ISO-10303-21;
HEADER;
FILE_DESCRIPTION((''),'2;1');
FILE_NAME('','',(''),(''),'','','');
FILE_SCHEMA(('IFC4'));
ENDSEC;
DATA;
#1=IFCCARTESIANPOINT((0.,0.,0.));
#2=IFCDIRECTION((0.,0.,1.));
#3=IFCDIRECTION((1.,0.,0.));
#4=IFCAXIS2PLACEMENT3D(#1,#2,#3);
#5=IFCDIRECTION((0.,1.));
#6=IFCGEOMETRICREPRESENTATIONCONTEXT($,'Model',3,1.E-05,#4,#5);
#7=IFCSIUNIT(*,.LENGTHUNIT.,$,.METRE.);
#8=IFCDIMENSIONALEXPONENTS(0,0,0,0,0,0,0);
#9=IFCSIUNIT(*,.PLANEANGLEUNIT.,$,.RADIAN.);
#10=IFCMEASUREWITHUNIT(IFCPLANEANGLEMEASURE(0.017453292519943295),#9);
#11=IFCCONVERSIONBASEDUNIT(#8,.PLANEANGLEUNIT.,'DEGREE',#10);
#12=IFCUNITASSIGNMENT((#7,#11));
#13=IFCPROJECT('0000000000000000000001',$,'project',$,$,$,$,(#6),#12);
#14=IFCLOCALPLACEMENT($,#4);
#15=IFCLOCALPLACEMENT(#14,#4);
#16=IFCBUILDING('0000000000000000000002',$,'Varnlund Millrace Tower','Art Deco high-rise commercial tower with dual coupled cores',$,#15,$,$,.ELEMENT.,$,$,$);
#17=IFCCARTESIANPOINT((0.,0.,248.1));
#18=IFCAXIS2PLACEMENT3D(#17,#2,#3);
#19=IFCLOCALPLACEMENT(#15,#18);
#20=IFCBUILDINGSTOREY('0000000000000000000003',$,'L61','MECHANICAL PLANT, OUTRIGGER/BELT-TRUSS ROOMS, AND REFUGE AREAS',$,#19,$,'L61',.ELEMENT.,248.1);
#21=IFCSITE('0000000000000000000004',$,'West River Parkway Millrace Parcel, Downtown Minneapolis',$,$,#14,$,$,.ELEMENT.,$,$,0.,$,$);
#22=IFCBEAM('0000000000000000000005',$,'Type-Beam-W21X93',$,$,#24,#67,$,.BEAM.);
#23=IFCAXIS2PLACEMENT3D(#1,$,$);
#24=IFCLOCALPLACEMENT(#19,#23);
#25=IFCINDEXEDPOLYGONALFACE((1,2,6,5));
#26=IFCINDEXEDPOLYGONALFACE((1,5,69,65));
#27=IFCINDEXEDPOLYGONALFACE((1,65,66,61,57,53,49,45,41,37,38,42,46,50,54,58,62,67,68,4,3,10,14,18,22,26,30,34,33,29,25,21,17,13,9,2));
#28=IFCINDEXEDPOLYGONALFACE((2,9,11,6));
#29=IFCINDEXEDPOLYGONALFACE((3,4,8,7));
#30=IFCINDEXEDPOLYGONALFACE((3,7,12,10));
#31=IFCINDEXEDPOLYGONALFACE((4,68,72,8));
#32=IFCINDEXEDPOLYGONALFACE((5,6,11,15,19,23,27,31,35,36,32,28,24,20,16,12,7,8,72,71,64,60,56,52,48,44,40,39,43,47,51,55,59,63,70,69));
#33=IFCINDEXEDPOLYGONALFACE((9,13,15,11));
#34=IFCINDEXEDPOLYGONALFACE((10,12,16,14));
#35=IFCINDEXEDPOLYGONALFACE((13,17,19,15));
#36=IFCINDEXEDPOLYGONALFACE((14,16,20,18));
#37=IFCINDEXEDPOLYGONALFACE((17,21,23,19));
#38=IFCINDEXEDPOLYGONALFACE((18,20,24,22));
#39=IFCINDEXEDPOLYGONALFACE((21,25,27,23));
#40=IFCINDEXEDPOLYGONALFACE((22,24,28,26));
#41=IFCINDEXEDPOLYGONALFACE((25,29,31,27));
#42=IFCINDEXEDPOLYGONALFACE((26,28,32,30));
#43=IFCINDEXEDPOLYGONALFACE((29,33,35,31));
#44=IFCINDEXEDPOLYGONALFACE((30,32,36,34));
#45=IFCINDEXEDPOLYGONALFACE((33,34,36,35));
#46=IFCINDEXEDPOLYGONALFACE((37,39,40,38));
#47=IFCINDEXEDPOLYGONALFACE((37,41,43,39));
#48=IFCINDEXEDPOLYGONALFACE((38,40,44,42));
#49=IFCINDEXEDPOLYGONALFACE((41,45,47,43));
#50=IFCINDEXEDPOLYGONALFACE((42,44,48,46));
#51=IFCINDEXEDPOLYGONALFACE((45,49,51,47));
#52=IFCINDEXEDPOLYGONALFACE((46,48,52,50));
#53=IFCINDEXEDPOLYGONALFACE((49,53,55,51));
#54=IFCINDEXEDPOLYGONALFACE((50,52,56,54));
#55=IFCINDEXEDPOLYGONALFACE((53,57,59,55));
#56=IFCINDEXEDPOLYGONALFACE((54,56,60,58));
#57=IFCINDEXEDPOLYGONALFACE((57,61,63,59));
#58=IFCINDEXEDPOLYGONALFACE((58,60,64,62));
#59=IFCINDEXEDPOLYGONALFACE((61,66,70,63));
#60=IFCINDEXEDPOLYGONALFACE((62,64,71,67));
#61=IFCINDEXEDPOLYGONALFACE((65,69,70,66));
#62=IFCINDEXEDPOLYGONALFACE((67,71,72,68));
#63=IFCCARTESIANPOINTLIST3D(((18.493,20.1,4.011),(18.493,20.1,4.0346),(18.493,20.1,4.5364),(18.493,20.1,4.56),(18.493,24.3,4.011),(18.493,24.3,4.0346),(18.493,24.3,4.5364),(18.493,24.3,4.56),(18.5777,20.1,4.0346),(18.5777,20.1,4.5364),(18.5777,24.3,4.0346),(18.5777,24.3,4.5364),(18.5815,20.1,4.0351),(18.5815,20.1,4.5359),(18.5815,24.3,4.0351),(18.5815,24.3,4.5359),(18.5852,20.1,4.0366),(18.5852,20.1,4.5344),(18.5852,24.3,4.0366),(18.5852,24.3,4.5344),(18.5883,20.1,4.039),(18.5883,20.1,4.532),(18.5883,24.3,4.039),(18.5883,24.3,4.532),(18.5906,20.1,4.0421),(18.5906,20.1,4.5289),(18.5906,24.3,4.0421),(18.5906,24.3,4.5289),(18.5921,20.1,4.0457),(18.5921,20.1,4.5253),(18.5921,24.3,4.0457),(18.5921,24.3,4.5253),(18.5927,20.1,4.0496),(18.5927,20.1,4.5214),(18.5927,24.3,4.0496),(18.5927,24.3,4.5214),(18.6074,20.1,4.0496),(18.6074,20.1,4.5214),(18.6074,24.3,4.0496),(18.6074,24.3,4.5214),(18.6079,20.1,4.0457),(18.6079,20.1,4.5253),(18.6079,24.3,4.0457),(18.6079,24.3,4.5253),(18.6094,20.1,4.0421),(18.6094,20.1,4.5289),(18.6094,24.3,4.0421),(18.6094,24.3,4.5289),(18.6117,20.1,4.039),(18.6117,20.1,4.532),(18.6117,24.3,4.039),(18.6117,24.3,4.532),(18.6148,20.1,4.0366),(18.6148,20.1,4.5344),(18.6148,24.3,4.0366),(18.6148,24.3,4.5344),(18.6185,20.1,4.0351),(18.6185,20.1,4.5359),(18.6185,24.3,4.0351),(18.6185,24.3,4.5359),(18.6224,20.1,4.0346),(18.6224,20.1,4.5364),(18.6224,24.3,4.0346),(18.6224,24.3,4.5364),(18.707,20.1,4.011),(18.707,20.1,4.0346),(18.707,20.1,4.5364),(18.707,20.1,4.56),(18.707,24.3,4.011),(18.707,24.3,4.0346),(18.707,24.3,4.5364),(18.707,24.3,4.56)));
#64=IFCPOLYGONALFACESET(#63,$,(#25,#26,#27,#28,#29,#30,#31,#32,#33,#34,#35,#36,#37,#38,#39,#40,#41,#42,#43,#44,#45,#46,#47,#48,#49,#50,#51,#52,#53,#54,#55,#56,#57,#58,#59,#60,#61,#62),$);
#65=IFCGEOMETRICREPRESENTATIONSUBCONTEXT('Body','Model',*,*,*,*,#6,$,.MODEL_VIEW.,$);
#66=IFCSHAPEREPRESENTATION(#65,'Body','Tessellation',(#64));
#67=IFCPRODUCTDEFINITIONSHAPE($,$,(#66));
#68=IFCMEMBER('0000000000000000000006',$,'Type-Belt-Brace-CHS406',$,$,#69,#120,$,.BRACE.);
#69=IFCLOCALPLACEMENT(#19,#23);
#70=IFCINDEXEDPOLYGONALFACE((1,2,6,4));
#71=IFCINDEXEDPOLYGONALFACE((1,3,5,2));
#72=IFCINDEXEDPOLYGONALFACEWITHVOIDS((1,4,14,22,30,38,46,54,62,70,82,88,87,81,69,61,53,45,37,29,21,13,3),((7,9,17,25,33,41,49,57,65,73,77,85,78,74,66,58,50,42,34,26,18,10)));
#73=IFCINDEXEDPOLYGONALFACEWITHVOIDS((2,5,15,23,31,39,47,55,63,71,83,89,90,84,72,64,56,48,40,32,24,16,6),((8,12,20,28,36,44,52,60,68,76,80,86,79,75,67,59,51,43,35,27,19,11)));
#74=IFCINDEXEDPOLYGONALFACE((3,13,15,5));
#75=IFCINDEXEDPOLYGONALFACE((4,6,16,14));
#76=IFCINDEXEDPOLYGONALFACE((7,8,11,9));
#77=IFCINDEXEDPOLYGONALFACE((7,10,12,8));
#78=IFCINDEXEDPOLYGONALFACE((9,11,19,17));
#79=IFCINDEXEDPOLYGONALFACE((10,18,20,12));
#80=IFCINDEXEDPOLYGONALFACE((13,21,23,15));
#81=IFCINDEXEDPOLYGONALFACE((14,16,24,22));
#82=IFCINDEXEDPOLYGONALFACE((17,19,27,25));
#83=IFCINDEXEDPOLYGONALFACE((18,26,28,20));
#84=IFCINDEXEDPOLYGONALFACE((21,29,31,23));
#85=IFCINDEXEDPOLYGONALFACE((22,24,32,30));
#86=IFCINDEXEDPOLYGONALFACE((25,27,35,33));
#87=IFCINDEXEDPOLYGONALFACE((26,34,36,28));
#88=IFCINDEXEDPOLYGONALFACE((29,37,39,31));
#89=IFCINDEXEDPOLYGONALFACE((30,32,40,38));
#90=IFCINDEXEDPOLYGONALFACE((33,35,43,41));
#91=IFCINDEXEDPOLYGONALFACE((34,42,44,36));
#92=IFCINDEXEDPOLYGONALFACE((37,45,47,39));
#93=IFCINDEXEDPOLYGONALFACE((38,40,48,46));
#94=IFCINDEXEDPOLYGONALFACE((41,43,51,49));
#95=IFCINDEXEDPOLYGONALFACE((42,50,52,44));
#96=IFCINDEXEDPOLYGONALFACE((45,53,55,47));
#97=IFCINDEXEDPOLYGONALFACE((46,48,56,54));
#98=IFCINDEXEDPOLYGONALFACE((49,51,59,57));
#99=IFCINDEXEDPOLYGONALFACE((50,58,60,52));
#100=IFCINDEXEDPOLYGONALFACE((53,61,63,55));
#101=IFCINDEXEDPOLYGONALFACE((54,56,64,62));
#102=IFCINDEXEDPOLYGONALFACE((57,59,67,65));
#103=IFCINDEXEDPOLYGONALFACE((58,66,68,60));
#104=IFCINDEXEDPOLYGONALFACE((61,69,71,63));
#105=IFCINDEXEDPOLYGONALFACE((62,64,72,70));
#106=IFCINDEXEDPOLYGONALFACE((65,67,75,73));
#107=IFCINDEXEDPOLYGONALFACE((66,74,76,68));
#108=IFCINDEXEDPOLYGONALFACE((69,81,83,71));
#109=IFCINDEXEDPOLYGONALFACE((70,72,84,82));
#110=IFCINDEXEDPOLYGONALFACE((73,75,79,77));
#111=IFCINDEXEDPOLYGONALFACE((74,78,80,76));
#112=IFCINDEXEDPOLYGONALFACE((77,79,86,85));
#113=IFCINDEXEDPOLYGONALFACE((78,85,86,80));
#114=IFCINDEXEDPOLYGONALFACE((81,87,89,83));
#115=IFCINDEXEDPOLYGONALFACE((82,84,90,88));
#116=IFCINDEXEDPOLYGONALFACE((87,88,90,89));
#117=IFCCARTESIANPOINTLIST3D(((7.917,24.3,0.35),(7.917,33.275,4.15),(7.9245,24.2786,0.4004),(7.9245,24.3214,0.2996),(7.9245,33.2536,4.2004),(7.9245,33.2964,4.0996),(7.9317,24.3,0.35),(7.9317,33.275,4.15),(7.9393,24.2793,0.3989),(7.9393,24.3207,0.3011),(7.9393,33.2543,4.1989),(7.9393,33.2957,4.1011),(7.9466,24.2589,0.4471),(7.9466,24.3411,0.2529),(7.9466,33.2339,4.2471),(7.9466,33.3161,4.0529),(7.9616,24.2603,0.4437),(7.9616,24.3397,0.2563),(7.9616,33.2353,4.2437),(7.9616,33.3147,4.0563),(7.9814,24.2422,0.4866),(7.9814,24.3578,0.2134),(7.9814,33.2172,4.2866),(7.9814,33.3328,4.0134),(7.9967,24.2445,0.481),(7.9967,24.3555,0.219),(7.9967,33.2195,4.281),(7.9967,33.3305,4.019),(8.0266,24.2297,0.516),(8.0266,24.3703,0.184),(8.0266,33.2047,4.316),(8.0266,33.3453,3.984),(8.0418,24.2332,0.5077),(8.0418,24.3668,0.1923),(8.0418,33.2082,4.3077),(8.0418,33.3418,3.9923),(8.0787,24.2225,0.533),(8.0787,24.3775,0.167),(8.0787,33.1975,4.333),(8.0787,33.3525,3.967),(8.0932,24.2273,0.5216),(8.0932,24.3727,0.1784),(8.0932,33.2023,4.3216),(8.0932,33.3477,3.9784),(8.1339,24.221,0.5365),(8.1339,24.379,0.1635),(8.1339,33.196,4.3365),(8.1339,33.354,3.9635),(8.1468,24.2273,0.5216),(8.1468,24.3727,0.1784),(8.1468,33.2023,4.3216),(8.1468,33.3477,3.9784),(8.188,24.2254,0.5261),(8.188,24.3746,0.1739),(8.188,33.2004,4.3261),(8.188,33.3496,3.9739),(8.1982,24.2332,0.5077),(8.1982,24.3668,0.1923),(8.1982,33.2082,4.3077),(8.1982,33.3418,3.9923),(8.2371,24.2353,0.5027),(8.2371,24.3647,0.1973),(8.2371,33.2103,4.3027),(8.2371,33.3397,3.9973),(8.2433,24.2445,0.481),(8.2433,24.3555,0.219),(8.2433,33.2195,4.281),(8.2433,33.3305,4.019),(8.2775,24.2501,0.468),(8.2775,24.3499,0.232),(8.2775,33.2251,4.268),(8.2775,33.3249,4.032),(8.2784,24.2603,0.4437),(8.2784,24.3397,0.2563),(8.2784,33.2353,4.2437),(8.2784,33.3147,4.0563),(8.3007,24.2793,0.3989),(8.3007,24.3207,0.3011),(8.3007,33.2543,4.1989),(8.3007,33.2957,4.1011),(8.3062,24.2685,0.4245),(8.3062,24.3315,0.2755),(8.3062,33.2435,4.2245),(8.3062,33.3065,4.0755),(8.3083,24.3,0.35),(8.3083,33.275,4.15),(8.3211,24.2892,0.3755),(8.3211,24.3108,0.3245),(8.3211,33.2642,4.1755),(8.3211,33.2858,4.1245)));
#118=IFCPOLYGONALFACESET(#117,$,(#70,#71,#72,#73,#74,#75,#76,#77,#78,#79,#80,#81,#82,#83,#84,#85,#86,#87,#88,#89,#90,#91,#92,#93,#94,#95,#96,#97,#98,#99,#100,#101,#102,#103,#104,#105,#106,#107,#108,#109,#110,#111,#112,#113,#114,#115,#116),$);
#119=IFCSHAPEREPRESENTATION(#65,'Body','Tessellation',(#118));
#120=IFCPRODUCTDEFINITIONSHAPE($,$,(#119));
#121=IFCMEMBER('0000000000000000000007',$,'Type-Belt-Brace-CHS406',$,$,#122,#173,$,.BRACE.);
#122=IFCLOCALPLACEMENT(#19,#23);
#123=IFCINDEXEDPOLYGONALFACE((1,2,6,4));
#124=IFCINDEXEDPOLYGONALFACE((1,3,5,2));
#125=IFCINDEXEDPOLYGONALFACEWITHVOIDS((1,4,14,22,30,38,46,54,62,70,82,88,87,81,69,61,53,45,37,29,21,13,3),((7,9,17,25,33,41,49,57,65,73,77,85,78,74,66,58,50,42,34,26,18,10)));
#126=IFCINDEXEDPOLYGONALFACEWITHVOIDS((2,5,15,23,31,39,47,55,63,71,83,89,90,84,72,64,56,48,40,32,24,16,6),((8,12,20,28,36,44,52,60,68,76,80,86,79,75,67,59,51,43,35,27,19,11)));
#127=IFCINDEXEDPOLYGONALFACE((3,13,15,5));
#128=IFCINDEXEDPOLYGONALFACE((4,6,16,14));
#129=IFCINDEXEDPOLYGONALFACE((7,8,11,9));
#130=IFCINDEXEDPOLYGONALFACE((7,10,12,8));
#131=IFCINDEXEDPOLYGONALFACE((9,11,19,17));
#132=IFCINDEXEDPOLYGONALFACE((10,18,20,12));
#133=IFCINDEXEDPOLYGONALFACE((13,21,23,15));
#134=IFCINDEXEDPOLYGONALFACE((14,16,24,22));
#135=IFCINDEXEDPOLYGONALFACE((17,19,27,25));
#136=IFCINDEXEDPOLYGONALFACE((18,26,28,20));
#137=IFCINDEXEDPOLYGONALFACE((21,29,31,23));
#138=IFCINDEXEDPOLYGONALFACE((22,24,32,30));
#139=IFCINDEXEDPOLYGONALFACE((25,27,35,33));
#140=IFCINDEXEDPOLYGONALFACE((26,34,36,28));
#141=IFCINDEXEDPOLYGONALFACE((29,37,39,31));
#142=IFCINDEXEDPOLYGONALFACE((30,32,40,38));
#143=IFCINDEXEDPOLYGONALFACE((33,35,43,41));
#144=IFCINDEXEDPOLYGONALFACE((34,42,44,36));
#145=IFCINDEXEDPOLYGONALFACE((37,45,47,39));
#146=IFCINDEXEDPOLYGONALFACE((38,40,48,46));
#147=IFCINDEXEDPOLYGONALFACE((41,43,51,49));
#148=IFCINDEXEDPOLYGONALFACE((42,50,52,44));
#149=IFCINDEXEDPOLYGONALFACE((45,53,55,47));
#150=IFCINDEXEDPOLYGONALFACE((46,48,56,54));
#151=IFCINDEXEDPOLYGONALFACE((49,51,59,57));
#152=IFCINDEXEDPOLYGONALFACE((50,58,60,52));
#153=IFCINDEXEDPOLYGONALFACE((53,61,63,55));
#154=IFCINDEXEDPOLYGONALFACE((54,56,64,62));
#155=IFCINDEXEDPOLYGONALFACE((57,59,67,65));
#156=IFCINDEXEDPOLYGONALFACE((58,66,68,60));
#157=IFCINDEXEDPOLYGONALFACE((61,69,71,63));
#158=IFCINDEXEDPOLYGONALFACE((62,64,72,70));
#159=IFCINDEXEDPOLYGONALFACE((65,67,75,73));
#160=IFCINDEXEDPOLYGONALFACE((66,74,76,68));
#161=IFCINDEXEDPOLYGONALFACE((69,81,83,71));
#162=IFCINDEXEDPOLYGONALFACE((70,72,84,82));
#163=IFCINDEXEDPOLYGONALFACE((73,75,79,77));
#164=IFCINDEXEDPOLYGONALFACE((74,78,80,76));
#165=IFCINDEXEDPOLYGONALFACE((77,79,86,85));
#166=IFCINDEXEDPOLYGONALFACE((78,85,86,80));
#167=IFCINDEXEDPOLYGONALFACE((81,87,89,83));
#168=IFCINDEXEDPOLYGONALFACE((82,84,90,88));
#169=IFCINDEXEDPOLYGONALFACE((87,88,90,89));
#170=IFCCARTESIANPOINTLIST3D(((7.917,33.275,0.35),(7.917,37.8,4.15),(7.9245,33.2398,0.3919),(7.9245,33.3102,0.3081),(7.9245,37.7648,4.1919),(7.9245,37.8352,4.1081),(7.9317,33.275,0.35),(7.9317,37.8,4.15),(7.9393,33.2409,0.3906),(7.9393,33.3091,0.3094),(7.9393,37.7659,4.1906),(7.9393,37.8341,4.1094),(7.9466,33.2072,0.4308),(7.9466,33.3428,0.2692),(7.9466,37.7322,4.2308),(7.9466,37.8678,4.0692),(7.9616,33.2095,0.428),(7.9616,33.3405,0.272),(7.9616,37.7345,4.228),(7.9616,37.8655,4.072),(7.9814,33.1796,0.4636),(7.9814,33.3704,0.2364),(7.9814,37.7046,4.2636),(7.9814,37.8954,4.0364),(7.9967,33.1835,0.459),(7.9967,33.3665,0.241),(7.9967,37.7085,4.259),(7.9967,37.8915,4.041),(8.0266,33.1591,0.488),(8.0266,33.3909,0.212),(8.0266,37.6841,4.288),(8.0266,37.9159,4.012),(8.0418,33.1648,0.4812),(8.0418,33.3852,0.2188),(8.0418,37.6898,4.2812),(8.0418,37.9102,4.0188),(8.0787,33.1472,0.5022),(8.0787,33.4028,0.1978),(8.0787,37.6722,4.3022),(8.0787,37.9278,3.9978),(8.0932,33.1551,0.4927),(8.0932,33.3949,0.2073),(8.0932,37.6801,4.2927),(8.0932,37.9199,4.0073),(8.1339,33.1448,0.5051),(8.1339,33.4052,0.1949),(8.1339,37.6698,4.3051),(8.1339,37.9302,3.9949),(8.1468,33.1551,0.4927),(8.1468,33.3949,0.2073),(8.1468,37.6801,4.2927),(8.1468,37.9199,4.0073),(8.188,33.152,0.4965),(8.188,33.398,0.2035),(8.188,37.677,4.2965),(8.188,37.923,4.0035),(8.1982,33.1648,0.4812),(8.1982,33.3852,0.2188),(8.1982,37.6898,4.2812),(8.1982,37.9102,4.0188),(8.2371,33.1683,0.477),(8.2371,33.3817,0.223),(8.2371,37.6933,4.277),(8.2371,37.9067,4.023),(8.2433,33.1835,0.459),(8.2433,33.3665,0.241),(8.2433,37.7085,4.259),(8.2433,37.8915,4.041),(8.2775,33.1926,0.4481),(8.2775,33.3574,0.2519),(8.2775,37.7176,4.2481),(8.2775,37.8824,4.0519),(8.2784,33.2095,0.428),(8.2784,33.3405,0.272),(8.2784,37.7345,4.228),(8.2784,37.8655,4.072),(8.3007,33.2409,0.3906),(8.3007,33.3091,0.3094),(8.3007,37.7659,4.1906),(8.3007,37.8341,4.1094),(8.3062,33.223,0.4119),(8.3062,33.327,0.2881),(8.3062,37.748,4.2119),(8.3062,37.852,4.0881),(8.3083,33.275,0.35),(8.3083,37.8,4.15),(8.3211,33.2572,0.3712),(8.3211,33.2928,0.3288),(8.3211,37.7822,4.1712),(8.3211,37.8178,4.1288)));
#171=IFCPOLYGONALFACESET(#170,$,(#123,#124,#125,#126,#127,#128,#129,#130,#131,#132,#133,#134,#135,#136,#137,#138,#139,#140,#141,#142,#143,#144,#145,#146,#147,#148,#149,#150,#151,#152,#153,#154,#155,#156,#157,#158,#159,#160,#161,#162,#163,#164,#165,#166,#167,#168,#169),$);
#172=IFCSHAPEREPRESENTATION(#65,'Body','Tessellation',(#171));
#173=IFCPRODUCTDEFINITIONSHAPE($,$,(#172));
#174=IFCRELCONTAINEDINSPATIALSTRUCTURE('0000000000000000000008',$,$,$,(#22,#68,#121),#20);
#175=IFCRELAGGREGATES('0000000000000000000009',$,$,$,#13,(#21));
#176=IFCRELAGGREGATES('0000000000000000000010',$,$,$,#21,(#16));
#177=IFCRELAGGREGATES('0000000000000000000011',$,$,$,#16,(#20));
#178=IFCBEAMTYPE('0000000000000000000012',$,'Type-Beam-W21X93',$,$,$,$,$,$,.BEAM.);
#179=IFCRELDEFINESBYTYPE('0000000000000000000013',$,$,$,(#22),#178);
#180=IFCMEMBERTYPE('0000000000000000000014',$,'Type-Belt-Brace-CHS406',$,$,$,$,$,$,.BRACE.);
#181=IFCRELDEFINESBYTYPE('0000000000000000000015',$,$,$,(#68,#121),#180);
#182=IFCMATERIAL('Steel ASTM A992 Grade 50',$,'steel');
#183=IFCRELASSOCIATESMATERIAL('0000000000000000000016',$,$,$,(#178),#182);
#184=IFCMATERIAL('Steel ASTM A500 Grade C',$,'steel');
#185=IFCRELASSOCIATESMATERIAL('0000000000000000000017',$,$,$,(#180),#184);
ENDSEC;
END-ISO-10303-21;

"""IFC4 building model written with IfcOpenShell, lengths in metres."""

from ifc_helpers import new_model, entity, si_unit, converted_unit, direction, frame, origin_with_axes, origin_2d_with_axis, place, context, subcontext, project, spatial, hollow_circle, i_section, extrude, material, material_profile, profile_set, type_object, element, save


model = new_model("IFC4")

# Units and contexts
model_context = context("Model", 3, precision=1e-05, world=origin_with_axes(), true_north=direction((0.0, 1.0)))
body_context = subcontext(model_context, "Body", "Model", "MODEL_VIEW")
ifc_project = project(units=[si_unit("LENGTHUNIT", "METRE"), converted_unit("PLANEANGLEUNIT", "DEGREE", entity("IfcPlaneAngleMeasure", 0.017453292519943295), si_unit("PLANEANGLEUNIT", "RADIAN"), dimensions=[0, 0, 0, 0, 0, 0, 0])], contexts=[model_context])

# Site, building, storey
site_placement = place(None, origin_with_axes())
site = spatial("IfcSite", under=ifc_project, at=site_placement, Name="West River Parkway Millrace Parcel, Downtown Minneapolis", CompositionType="ELEMENT", RefElevation=0.0)
building_placement = place(site_placement, origin_with_axes())
building = spatial("IfcBuilding", under=site, at=building_placement, Name="Varnlund Millrace Tower", Description="Art Deco high-rise commercial tower with dual coupled cores", CompositionType="ELEMENT")
storey_placement = place(building_placement, frame((0.0, 0.0, 248.1), z_axis=(0.0, 0.0, 1.0), x_axis=(1.0, 0.0, 0.0)))
storey = spatial("IfcBuildingStorey", under=building, at=storey_placement, Name="L61", Description="MECHANICAL PLANT, OUTRIGGER/BELT-TRUSS ROOMS, AND REFUGE AREAS", LongName="L61", CompositionType="ELEMENT", Elevation=248.1)

# Beam
ifc_material_1 = material(Name="Steel ASTM A992 Grade 50", Category="steel")
ifc_material_profile_1 = material_profile(ifc_material_1, i_section(OverallWidth=0.214, OverallDepth=0.549, WebThickness=0.0147, FlangeThickness=0.0236, FilletRadius=0.015, at=origin_2d_with_axis()), Name="Steel ASTM A992 Grade 50")
ifc_profile_set_1 = profile_set([ifc_material_profile_1], Name="Steel ASTM A992 Grade 50")
beam_type_1 = type_object("IfcBeamType", Name="Type-Beam-W21X93", PredefinedType="BEAM", material=ifc_profile_set_1)
beam_1_placement = place(storey_placement, frame((18.6, 20.1, 4.2855), z_axis=(0.0, 1.0, 0.0), x_axis=(-1.0, 0.0, 0.0)))
element("IfcBeam", 1, at=beam_1_placement, inside=storey, type_object=beam_type_1, Name="Type-Beam-W21X93", PredefinedType="BEAM", context=body_context, shape_type="SweptSolid", body=[
    extrude(i_section(OverallWidth=0.214, OverallDepth=0.549, WebThickness=0.0147, FlangeThickness=0.0236, FilletRadius=0.015, at=origin_2d_with_axis()), origin_with_axes(), (0.0, 0.0, 1.0), 4.2),
])

# Members
ifc_material_2 = material(Name="Steel ASTM A500 Grade C", Category="steel")
ifc_material_profile_2 = material_profile(ifc_material_2, hollow_circle(Radius=0.203, WallThickness=0.0147, at=origin_2d_with_axis()), Name="Steel ASTM A500 Grade C")
ifc_profile_set_2 = profile_set([ifc_material_profile_2], Name="Steel ASTM A500 Grade C")
member_type = type_object("IfcMemberType", Name="Type-Belt-Brace-CHS406", PredefinedType="BRACE", material=ifc_profile_set_2)
member_1_placement = place(storey_placement, frame((8.12, 24.3, 0.35), z_axis=(0.0, 0.920861, 0.389891), x_axis=(-1.0, 0.0, 0.0)))
element("IfcMember", 2, at=member_1_placement, inside=storey, type_object=member_type, Name="Type-Belt-Brace-CHS406", PredefinedType="BRACE", context=body_context, shape_type="SweptSolid", body=[
    extrude(hollow_circle(Radius=0.203, WallThickness=0.0147, at=origin_2d_with_axis()), origin_with_axes(), (0.0, 0.0, 1.0), 9.7463),
])
member_2_placement = place(storey_placement, frame((8.12, 33.275, 0.35), z_axis=(0.0, 0.765788, 0.643093), x_axis=(-1.0, 0.0, 0.0)))
element("IfcMember", 3, at=member_2_placement, inside=storey, type_object=member_type, Name="Type-Belt-Brace-CHS406", PredefinedType="BRACE", context=body_context, shape_type="SweptSolid", body=[
    extrude(hollow_circle(Radius=0.203, WallThickness=0.0147, at=origin_2d_with_axis()), origin_with_axes(), (0.0, 0.0, 1.0), 5.9089),
])

save(model, "model.ifc")
